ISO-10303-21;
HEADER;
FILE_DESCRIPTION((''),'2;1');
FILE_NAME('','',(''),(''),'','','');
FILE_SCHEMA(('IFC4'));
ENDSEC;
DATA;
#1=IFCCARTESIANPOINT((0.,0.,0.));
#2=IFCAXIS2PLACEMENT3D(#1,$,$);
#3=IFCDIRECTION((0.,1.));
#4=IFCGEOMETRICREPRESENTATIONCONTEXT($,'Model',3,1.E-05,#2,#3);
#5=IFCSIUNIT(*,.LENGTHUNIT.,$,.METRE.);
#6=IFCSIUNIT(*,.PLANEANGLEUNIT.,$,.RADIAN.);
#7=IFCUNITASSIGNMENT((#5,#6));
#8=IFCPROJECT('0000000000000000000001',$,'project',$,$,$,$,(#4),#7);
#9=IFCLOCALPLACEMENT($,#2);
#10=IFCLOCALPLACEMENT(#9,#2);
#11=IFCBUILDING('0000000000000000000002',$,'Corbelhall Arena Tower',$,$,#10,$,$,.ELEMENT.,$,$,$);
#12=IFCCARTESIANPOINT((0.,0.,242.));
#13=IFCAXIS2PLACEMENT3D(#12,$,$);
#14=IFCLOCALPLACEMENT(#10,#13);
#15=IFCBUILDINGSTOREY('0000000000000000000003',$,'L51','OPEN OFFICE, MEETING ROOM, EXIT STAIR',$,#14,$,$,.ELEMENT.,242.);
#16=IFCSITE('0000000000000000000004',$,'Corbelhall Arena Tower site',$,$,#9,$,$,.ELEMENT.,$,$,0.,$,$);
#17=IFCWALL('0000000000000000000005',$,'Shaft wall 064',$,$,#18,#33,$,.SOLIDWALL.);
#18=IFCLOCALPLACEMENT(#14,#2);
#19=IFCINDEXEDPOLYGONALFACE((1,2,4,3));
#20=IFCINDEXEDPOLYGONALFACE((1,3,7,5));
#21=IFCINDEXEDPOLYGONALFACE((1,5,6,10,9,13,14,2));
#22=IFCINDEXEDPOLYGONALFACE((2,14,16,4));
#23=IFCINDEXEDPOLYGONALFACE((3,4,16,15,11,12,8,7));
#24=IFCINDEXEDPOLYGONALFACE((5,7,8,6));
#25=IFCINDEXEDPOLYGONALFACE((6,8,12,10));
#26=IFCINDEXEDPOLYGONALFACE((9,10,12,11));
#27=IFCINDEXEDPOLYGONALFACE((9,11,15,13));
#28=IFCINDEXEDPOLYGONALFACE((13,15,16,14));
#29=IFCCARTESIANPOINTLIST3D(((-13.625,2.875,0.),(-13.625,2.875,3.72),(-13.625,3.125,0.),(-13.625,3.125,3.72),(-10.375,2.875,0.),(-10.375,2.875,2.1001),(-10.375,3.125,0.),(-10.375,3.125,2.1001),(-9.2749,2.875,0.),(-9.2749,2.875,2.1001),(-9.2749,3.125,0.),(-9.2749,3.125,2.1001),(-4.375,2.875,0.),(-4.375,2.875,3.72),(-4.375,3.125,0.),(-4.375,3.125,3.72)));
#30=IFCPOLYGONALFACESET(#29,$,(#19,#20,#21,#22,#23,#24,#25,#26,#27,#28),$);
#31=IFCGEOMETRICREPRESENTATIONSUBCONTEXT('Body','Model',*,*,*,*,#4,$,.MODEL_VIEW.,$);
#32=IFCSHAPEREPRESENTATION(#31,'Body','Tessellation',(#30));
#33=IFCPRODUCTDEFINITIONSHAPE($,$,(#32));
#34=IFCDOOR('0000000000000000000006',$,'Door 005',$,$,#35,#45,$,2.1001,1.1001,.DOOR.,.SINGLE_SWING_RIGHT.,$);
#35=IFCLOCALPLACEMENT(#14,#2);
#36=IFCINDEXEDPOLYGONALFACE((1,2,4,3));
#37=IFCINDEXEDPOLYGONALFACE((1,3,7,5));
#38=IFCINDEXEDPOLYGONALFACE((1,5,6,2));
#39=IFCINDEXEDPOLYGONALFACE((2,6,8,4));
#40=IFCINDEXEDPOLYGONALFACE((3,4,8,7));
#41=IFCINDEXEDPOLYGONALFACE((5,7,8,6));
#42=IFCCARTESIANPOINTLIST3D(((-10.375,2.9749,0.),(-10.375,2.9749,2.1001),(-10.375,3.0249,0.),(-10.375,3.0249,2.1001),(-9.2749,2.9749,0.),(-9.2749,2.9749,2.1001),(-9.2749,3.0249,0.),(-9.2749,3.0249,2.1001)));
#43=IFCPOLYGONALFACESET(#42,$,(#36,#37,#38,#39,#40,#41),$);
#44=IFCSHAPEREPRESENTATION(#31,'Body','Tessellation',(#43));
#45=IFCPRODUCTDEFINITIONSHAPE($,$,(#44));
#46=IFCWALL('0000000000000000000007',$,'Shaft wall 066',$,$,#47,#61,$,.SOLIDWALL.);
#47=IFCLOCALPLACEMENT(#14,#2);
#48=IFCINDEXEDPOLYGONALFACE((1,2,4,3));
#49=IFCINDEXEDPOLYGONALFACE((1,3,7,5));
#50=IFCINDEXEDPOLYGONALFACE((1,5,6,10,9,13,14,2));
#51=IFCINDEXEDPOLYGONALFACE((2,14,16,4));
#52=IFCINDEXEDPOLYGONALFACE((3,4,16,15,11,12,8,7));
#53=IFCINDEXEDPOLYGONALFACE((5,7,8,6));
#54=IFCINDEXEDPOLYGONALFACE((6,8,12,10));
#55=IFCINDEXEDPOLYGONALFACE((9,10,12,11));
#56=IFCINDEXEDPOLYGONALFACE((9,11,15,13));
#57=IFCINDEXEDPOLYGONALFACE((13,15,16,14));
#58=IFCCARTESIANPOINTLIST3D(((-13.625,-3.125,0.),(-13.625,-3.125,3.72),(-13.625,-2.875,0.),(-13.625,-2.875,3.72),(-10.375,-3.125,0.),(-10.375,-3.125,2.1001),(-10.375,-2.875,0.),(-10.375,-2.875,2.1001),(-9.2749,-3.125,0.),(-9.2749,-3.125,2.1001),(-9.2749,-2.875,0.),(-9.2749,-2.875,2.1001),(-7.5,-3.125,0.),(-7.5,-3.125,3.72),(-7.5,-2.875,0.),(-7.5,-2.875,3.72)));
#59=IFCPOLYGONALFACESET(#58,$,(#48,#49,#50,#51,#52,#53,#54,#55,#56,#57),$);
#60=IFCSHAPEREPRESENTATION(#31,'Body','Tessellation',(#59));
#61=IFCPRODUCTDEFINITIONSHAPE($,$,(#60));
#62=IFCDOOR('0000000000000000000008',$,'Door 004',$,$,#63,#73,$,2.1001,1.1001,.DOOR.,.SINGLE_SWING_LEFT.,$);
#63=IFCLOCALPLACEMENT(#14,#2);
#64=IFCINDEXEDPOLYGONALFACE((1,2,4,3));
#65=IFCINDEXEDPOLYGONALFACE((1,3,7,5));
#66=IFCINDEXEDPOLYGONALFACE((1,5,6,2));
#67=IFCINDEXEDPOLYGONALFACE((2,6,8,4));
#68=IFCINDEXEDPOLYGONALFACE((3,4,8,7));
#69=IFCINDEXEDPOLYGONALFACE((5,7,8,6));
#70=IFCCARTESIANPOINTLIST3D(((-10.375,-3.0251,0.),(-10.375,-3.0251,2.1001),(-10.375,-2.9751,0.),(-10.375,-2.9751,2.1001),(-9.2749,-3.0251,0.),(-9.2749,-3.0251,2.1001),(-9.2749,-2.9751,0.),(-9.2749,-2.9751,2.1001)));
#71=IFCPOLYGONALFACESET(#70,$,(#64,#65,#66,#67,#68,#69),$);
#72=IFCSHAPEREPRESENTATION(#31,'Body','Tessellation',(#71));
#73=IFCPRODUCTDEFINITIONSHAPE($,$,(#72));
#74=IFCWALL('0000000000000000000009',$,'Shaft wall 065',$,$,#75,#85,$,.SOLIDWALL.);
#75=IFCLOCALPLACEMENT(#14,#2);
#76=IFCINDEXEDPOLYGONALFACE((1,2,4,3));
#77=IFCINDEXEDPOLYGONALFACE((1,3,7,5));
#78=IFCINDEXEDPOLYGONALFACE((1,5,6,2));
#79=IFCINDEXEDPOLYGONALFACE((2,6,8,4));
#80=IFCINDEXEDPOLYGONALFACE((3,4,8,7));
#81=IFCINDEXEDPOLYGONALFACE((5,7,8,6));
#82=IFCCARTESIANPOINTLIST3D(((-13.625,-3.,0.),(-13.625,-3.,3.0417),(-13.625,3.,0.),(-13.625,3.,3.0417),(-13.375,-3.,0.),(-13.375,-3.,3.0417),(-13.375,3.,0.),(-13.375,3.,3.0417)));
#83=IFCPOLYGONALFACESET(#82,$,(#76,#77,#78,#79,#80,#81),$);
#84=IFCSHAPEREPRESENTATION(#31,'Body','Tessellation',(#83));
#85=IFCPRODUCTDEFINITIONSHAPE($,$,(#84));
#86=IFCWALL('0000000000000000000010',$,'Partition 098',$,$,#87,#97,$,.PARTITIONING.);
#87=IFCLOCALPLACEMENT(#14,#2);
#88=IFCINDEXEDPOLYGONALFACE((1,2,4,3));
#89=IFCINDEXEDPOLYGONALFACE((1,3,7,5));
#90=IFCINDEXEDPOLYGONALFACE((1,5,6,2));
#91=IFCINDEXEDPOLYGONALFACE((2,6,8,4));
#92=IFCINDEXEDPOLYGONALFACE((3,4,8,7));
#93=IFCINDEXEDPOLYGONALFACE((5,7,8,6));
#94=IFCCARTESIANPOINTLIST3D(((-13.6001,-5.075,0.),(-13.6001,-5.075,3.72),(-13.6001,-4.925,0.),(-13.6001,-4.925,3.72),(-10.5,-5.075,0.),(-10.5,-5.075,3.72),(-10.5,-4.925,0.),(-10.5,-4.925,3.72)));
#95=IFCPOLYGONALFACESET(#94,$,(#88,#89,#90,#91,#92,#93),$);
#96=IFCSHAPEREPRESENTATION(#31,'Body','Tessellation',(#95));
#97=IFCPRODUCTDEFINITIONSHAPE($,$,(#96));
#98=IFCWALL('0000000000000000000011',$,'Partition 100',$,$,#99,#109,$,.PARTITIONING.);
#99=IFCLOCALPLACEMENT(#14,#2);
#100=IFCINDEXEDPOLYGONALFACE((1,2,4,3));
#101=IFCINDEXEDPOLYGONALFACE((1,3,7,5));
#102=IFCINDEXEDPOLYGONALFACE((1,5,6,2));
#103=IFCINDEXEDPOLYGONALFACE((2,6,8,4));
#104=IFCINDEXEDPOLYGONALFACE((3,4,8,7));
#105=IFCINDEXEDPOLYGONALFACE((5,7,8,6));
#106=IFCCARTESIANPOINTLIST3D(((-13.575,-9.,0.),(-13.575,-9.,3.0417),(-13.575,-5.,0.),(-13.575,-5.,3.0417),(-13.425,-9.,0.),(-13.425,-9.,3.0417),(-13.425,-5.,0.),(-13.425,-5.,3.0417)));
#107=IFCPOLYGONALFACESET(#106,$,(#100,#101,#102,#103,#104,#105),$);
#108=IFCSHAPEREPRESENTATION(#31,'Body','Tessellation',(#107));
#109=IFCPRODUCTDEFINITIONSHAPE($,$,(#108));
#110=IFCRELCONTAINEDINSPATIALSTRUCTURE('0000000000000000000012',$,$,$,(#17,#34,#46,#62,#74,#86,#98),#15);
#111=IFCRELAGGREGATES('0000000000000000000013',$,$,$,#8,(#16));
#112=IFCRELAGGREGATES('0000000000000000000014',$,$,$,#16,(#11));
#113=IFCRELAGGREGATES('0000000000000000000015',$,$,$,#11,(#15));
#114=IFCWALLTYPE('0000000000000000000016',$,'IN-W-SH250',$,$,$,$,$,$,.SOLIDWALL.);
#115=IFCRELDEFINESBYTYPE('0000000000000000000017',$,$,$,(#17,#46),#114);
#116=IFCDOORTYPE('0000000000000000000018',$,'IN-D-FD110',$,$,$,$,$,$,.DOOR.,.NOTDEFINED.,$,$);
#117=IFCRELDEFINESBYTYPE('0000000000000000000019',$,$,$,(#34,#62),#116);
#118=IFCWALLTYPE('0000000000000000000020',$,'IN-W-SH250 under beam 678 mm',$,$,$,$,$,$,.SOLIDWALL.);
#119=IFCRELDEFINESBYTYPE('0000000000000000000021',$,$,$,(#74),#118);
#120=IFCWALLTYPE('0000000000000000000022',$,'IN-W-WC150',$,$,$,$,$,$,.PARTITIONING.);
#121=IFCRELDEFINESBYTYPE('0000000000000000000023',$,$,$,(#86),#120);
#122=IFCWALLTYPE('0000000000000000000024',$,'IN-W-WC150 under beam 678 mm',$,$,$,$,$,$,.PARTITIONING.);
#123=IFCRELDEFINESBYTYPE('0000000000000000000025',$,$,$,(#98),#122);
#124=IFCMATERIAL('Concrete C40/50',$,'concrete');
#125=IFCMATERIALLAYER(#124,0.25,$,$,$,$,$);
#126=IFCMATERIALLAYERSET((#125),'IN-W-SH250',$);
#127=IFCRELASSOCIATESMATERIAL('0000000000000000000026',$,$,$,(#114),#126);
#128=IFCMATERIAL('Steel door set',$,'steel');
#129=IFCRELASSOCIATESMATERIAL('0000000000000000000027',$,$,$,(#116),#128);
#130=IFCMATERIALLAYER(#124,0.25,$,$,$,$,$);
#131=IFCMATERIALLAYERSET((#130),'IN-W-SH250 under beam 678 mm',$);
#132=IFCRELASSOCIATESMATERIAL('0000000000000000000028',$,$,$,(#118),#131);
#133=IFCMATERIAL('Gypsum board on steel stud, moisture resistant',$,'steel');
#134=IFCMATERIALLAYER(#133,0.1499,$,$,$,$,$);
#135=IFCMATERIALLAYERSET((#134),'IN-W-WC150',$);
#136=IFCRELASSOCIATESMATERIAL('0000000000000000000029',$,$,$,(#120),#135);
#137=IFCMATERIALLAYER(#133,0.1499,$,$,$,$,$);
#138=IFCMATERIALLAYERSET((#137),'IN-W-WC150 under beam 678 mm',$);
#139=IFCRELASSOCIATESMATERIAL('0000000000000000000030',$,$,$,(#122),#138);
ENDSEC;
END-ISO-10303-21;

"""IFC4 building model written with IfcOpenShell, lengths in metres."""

from ifc_helpers import new_model, si_unit, direction, frame, frame_2d, origin, place, context, subcontext, project, spatial, rectangle, extrude, material, layer, layer_set, type_object, element, fill, save


model = new_model("IFC4")

# Units and contexts
model_context = context("Model", 3, precision=1e-05, world=origin(), true_north=direction((0.0, 1.0)))
body_context = subcontext(model_context, "Body", "Model", "MODEL_VIEW")
ifc_project = project(units=[si_unit("LENGTHUNIT", "METRE"), si_unit("PLANEANGLEUNIT", "RADIAN")], contexts=[model_context])

# Site, building, storey
site_placement = place(None, origin())
site = spatial("IfcSite", under=ifc_project, at=site_placement, Name="Corbelhall Arena Tower site", CompositionType="ELEMENT", RefElevation=0.0)
building_placement = place(site_placement, origin())
building = spatial("IfcBuilding", under=site, at=building_placement, Name="Corbelhall Arena Tower", CompositionType="ELEMENT")
storey_placement = place(building_placement, frame((0.0, 0.0, 242.0)))
storey = spatial("IfcBuildingStorey", under=building, at=storey_placement, Name="L51", Description="OPEN OFFICE, MEETING ROOM, EXIT STAIR", CompositionType="ELEMENT", Elevation=242.0)

# Shared definitions
ifc_material_1 = material(Name="Steel door set", Category="steel")

# Shared definitions
ifc_material_2 = material(Name="Concrete C40/50", Category="concrete")
ifc_layer_1 = layer(ifc_material_2, 0.25)
ifc_layer_set_1 = layer_set([ifc_layer_1], Name="IN-W-SH250")
wall_type_1 = type_object("IfcWallType", Name="IN-W-SH250", PredefinedType="SOLIDWALL", material=ifc_layer_set_1)

# Walls, openings, doors
wall_1_placement = place(storey_placement, frame((-13.625, 3.0, 0.0), z_axis=(0.0, 0.0, 1.0), x_axis=(1.0, 0.0, 0.0)))
wall_1 = element("IfcWall", 1, at=wall_1_placement, inside=storey, type_object=wall_type_1, Name="Shaft wall 064", PredefinedType="SOLIDWALL", context=body_context, shape_type="SweptSolid", body=[
    extrude(rectangle(XDim=9.25, YDim=0.25, at=frame_2d((4.625, 0.0))), origin(), (0.0, 0.0, 1.0), 3.72),
])
opening_1_placement = place(wall_1_placement, frame((3.25, 0.0, 0.0)))
opening_1 = element("IfcOpeningElement", 2, at=opening_1_placement, cuts=wall_1, PredefinedType="OPENING", context=body_context, shape_type="SweptSolid", body=[
    extrude(rectangle(XDim=1.1001, YDim=2.1001, at=frame_2d((0.55, 1.05))), frame((0.0, 0.125, 0.0), z_axis=(0.0, -1.0, 0.0), x_axis=(1.0, 0.0, 0.0)), (0.0, 0.0, 1.0), 0.25),
])
door_type_1 = type_object("IfcDoorType", Name="IN-D-FD110", OperationType="NOTDEFINED", PredefinedType="DOOR", material=ifc_material_1)
door_1_placement = place(opening_1_placement, origin())
door_1 = element("IfcDoor", 3, at=door_1_placement, inside=storey, type_object=door_type_1, Name="Door 005", OperationType="SINGLE_SWING_RIGHT", OverallHeight=2.1001, OverallWidth=1.1001, PredefinedType="DOOR", context=body_context, shape_type="SweptSolid", body=[
    extrude(rectangle(XDim=1.1001, YDim=2.1001, at=frame_2d((0.55, 1.05))), frame((0.0, 0.0249, 0.0), z_axis=(0.0, -1.0, 0.0), x_axis=(1.0, 0.0, 0.0)), (0.0, 0.0, 1.0), 0.05),
])
fill(opening_1, door_1)
wall_2_placement = place(storey_placement, frame((-13.625, -3.0, 0.0), z_axis=(0.0, 0.0, 1.0), x_axis=(1.0, 0.0, 0.0)))
wall_2 = element("IfcWall", 4, at=wall_2_placement, inside=storey, type_object=wall_type_1, Name="Shaft wall 066", PredefinedType="SOLIDWALL", context=body_context, shape_type="SweptSolid", body=[
    extrude(rectangle(XDim=6.125, YDim=0.25, at=frame_2d((3.0625, 0.0))), origin(), (0.0, 0.0, 1.0), 3.72),
])
opening_2_placement = place(wall_2_placement, frame((3.25, 0.0, 0.0)))
opening_2 = element("IfcOpeningElement", 5, at=opening_2_placement, cuts=wall_2, PredefinedType="OPENING", context=body_context, shape_type="SweptSolid", body=[
    extrude(rectangle(XDim=1.1001, YDim=2.1001, at=frame_2d((0.55, 1.05))), frame((0.0, 0.125, 0.0), z_axis=(0.0, -1.0, 0.0), x_axis=(1.0, 0.0, 0.0)), (0.0, 0.0, 1.0), 0.25),
])
door_2_placement = place(opening_2_placement, origin())
door_2 = element("IfcDoor", 6, at=door_2_placement, inside=storey, type_object=door_type_1, Name="Door 004", OperationType="SINGLE_SWING_LEFT", OverallHeight=2.1001, OverallWidth=1.1001, PredefinedType="DOOR", context=body_context, shape_type="SweptSolid", body=[
    extrude(rectangle(XDim=1.1001, YDim=2.1001, at=frame_2d((0.55, 1.05))), frame((0.0, 0.0249, 0.0), z_axis=(0.0, -1.0, 0.0), x_axis=(1.0, 0.0, 0.0)), (0.0, 0.0, 1.0), 0.05),
])
fill(opening_2, door_2)

# Walls
ifc_layer_2 = layer(ifc_material_2, 0.25)
ifc_layer_set_2 = layer_set([ifc_layer_2], Name="IN-W-SH250 under beam 678 mm")
wall_type_2 = type_object("IfcWallType", Name="IN-W-SH250 under beam 678 mm", PredefinedType="SOLIDWALL", material=ifc_layer_set_2)
wall_3_placement = place(storey_placement, frame((-13.5, -3.0, 0.0), z_axis=(0.0, 0.0, 1.0), x_axis=(0.0, 1.0, 0.0)))
element("IfcWall", 7, at=wall_3_placement, inside=storey, type_object=wall_type_2, Name="Shaft wall 065", PredefinedType="SOLIDWALL", context=body_context, shape_type="SweptSolid", body=[
    extrude(rectangle(XDim=6.0, YDim=0.25, at=frame_2d((3.0, 0.0))), origin(), (0.0, 0.0, 1.0), 3.0417),
])
ifc_material_3 = material(Name="Gypsum board on steel stud, moisture resistant", Category="steel")
ifc_layer_3 = layer(ifc_material_3, 0.1499)
ifc_layer_set_3 = layer_set([ifc_layer_3], Name="IN-W-WC150")
wall_type_3 = type_object("IfcWallType", Name="IN-W-WC150", PredefinedType="PARTITIONING", material=ifc_layer_set_3)
wall_4_placement = place(storey_placement, frame((-13.6001, -5.0, 0.0), z_axis=(0.0, 0.0, 1.0), x_axis=(1.0, 0.0, 0.0)))
element("IfcWall", 8, at=wall_4_placement, inside=storey, type_object=wall_type_3, Name="Partition 098", PredefinedType="PARTITIONING", context=body_context, shape_type="SweptSolid", body=[
    extrude(rectangle(XDim=3.1001, YDim=0.1499, at=frame_2d((1.55, 0.0))), origin(), (0.0, 0.0, 1.0), 3.72),
])
ifc_layer_4 = layer(ifc_material_3, 0.1499)
ifc_layer_set_4 = layer_set([ifc_layer_4], Name="IN-W-WC150 under beam 678 mm")
wall_type_4 = type_object("IfcWallType", Name="IN-W-WC150 under beam 678 mm", PredefinedType="PARTITIONING", material=ifc_layer_set_4)
wall_5_placement = place(storey_placement, frame((-13.5, -9.0, 0.0), z_axis=(0.0, 0.0, 1.0), x_axis=(0.0, 1.0, 0.0)))
element("IfcWall", 9, at=wall_5_placement, inside=storey, type_object=wall_type_4, Name="Partition 100", PredefinedType="PARTITIONING", context=body_context, shape_type="SweptSolid", body=[
    extrude(rectangle(XDim=4.0, YDim=0.1499, at=frame_2d((2.0, 0.0))), origin(), (0.0, 0.0, 1.0), 3.0417),
])

save(model, "model.ifc")
